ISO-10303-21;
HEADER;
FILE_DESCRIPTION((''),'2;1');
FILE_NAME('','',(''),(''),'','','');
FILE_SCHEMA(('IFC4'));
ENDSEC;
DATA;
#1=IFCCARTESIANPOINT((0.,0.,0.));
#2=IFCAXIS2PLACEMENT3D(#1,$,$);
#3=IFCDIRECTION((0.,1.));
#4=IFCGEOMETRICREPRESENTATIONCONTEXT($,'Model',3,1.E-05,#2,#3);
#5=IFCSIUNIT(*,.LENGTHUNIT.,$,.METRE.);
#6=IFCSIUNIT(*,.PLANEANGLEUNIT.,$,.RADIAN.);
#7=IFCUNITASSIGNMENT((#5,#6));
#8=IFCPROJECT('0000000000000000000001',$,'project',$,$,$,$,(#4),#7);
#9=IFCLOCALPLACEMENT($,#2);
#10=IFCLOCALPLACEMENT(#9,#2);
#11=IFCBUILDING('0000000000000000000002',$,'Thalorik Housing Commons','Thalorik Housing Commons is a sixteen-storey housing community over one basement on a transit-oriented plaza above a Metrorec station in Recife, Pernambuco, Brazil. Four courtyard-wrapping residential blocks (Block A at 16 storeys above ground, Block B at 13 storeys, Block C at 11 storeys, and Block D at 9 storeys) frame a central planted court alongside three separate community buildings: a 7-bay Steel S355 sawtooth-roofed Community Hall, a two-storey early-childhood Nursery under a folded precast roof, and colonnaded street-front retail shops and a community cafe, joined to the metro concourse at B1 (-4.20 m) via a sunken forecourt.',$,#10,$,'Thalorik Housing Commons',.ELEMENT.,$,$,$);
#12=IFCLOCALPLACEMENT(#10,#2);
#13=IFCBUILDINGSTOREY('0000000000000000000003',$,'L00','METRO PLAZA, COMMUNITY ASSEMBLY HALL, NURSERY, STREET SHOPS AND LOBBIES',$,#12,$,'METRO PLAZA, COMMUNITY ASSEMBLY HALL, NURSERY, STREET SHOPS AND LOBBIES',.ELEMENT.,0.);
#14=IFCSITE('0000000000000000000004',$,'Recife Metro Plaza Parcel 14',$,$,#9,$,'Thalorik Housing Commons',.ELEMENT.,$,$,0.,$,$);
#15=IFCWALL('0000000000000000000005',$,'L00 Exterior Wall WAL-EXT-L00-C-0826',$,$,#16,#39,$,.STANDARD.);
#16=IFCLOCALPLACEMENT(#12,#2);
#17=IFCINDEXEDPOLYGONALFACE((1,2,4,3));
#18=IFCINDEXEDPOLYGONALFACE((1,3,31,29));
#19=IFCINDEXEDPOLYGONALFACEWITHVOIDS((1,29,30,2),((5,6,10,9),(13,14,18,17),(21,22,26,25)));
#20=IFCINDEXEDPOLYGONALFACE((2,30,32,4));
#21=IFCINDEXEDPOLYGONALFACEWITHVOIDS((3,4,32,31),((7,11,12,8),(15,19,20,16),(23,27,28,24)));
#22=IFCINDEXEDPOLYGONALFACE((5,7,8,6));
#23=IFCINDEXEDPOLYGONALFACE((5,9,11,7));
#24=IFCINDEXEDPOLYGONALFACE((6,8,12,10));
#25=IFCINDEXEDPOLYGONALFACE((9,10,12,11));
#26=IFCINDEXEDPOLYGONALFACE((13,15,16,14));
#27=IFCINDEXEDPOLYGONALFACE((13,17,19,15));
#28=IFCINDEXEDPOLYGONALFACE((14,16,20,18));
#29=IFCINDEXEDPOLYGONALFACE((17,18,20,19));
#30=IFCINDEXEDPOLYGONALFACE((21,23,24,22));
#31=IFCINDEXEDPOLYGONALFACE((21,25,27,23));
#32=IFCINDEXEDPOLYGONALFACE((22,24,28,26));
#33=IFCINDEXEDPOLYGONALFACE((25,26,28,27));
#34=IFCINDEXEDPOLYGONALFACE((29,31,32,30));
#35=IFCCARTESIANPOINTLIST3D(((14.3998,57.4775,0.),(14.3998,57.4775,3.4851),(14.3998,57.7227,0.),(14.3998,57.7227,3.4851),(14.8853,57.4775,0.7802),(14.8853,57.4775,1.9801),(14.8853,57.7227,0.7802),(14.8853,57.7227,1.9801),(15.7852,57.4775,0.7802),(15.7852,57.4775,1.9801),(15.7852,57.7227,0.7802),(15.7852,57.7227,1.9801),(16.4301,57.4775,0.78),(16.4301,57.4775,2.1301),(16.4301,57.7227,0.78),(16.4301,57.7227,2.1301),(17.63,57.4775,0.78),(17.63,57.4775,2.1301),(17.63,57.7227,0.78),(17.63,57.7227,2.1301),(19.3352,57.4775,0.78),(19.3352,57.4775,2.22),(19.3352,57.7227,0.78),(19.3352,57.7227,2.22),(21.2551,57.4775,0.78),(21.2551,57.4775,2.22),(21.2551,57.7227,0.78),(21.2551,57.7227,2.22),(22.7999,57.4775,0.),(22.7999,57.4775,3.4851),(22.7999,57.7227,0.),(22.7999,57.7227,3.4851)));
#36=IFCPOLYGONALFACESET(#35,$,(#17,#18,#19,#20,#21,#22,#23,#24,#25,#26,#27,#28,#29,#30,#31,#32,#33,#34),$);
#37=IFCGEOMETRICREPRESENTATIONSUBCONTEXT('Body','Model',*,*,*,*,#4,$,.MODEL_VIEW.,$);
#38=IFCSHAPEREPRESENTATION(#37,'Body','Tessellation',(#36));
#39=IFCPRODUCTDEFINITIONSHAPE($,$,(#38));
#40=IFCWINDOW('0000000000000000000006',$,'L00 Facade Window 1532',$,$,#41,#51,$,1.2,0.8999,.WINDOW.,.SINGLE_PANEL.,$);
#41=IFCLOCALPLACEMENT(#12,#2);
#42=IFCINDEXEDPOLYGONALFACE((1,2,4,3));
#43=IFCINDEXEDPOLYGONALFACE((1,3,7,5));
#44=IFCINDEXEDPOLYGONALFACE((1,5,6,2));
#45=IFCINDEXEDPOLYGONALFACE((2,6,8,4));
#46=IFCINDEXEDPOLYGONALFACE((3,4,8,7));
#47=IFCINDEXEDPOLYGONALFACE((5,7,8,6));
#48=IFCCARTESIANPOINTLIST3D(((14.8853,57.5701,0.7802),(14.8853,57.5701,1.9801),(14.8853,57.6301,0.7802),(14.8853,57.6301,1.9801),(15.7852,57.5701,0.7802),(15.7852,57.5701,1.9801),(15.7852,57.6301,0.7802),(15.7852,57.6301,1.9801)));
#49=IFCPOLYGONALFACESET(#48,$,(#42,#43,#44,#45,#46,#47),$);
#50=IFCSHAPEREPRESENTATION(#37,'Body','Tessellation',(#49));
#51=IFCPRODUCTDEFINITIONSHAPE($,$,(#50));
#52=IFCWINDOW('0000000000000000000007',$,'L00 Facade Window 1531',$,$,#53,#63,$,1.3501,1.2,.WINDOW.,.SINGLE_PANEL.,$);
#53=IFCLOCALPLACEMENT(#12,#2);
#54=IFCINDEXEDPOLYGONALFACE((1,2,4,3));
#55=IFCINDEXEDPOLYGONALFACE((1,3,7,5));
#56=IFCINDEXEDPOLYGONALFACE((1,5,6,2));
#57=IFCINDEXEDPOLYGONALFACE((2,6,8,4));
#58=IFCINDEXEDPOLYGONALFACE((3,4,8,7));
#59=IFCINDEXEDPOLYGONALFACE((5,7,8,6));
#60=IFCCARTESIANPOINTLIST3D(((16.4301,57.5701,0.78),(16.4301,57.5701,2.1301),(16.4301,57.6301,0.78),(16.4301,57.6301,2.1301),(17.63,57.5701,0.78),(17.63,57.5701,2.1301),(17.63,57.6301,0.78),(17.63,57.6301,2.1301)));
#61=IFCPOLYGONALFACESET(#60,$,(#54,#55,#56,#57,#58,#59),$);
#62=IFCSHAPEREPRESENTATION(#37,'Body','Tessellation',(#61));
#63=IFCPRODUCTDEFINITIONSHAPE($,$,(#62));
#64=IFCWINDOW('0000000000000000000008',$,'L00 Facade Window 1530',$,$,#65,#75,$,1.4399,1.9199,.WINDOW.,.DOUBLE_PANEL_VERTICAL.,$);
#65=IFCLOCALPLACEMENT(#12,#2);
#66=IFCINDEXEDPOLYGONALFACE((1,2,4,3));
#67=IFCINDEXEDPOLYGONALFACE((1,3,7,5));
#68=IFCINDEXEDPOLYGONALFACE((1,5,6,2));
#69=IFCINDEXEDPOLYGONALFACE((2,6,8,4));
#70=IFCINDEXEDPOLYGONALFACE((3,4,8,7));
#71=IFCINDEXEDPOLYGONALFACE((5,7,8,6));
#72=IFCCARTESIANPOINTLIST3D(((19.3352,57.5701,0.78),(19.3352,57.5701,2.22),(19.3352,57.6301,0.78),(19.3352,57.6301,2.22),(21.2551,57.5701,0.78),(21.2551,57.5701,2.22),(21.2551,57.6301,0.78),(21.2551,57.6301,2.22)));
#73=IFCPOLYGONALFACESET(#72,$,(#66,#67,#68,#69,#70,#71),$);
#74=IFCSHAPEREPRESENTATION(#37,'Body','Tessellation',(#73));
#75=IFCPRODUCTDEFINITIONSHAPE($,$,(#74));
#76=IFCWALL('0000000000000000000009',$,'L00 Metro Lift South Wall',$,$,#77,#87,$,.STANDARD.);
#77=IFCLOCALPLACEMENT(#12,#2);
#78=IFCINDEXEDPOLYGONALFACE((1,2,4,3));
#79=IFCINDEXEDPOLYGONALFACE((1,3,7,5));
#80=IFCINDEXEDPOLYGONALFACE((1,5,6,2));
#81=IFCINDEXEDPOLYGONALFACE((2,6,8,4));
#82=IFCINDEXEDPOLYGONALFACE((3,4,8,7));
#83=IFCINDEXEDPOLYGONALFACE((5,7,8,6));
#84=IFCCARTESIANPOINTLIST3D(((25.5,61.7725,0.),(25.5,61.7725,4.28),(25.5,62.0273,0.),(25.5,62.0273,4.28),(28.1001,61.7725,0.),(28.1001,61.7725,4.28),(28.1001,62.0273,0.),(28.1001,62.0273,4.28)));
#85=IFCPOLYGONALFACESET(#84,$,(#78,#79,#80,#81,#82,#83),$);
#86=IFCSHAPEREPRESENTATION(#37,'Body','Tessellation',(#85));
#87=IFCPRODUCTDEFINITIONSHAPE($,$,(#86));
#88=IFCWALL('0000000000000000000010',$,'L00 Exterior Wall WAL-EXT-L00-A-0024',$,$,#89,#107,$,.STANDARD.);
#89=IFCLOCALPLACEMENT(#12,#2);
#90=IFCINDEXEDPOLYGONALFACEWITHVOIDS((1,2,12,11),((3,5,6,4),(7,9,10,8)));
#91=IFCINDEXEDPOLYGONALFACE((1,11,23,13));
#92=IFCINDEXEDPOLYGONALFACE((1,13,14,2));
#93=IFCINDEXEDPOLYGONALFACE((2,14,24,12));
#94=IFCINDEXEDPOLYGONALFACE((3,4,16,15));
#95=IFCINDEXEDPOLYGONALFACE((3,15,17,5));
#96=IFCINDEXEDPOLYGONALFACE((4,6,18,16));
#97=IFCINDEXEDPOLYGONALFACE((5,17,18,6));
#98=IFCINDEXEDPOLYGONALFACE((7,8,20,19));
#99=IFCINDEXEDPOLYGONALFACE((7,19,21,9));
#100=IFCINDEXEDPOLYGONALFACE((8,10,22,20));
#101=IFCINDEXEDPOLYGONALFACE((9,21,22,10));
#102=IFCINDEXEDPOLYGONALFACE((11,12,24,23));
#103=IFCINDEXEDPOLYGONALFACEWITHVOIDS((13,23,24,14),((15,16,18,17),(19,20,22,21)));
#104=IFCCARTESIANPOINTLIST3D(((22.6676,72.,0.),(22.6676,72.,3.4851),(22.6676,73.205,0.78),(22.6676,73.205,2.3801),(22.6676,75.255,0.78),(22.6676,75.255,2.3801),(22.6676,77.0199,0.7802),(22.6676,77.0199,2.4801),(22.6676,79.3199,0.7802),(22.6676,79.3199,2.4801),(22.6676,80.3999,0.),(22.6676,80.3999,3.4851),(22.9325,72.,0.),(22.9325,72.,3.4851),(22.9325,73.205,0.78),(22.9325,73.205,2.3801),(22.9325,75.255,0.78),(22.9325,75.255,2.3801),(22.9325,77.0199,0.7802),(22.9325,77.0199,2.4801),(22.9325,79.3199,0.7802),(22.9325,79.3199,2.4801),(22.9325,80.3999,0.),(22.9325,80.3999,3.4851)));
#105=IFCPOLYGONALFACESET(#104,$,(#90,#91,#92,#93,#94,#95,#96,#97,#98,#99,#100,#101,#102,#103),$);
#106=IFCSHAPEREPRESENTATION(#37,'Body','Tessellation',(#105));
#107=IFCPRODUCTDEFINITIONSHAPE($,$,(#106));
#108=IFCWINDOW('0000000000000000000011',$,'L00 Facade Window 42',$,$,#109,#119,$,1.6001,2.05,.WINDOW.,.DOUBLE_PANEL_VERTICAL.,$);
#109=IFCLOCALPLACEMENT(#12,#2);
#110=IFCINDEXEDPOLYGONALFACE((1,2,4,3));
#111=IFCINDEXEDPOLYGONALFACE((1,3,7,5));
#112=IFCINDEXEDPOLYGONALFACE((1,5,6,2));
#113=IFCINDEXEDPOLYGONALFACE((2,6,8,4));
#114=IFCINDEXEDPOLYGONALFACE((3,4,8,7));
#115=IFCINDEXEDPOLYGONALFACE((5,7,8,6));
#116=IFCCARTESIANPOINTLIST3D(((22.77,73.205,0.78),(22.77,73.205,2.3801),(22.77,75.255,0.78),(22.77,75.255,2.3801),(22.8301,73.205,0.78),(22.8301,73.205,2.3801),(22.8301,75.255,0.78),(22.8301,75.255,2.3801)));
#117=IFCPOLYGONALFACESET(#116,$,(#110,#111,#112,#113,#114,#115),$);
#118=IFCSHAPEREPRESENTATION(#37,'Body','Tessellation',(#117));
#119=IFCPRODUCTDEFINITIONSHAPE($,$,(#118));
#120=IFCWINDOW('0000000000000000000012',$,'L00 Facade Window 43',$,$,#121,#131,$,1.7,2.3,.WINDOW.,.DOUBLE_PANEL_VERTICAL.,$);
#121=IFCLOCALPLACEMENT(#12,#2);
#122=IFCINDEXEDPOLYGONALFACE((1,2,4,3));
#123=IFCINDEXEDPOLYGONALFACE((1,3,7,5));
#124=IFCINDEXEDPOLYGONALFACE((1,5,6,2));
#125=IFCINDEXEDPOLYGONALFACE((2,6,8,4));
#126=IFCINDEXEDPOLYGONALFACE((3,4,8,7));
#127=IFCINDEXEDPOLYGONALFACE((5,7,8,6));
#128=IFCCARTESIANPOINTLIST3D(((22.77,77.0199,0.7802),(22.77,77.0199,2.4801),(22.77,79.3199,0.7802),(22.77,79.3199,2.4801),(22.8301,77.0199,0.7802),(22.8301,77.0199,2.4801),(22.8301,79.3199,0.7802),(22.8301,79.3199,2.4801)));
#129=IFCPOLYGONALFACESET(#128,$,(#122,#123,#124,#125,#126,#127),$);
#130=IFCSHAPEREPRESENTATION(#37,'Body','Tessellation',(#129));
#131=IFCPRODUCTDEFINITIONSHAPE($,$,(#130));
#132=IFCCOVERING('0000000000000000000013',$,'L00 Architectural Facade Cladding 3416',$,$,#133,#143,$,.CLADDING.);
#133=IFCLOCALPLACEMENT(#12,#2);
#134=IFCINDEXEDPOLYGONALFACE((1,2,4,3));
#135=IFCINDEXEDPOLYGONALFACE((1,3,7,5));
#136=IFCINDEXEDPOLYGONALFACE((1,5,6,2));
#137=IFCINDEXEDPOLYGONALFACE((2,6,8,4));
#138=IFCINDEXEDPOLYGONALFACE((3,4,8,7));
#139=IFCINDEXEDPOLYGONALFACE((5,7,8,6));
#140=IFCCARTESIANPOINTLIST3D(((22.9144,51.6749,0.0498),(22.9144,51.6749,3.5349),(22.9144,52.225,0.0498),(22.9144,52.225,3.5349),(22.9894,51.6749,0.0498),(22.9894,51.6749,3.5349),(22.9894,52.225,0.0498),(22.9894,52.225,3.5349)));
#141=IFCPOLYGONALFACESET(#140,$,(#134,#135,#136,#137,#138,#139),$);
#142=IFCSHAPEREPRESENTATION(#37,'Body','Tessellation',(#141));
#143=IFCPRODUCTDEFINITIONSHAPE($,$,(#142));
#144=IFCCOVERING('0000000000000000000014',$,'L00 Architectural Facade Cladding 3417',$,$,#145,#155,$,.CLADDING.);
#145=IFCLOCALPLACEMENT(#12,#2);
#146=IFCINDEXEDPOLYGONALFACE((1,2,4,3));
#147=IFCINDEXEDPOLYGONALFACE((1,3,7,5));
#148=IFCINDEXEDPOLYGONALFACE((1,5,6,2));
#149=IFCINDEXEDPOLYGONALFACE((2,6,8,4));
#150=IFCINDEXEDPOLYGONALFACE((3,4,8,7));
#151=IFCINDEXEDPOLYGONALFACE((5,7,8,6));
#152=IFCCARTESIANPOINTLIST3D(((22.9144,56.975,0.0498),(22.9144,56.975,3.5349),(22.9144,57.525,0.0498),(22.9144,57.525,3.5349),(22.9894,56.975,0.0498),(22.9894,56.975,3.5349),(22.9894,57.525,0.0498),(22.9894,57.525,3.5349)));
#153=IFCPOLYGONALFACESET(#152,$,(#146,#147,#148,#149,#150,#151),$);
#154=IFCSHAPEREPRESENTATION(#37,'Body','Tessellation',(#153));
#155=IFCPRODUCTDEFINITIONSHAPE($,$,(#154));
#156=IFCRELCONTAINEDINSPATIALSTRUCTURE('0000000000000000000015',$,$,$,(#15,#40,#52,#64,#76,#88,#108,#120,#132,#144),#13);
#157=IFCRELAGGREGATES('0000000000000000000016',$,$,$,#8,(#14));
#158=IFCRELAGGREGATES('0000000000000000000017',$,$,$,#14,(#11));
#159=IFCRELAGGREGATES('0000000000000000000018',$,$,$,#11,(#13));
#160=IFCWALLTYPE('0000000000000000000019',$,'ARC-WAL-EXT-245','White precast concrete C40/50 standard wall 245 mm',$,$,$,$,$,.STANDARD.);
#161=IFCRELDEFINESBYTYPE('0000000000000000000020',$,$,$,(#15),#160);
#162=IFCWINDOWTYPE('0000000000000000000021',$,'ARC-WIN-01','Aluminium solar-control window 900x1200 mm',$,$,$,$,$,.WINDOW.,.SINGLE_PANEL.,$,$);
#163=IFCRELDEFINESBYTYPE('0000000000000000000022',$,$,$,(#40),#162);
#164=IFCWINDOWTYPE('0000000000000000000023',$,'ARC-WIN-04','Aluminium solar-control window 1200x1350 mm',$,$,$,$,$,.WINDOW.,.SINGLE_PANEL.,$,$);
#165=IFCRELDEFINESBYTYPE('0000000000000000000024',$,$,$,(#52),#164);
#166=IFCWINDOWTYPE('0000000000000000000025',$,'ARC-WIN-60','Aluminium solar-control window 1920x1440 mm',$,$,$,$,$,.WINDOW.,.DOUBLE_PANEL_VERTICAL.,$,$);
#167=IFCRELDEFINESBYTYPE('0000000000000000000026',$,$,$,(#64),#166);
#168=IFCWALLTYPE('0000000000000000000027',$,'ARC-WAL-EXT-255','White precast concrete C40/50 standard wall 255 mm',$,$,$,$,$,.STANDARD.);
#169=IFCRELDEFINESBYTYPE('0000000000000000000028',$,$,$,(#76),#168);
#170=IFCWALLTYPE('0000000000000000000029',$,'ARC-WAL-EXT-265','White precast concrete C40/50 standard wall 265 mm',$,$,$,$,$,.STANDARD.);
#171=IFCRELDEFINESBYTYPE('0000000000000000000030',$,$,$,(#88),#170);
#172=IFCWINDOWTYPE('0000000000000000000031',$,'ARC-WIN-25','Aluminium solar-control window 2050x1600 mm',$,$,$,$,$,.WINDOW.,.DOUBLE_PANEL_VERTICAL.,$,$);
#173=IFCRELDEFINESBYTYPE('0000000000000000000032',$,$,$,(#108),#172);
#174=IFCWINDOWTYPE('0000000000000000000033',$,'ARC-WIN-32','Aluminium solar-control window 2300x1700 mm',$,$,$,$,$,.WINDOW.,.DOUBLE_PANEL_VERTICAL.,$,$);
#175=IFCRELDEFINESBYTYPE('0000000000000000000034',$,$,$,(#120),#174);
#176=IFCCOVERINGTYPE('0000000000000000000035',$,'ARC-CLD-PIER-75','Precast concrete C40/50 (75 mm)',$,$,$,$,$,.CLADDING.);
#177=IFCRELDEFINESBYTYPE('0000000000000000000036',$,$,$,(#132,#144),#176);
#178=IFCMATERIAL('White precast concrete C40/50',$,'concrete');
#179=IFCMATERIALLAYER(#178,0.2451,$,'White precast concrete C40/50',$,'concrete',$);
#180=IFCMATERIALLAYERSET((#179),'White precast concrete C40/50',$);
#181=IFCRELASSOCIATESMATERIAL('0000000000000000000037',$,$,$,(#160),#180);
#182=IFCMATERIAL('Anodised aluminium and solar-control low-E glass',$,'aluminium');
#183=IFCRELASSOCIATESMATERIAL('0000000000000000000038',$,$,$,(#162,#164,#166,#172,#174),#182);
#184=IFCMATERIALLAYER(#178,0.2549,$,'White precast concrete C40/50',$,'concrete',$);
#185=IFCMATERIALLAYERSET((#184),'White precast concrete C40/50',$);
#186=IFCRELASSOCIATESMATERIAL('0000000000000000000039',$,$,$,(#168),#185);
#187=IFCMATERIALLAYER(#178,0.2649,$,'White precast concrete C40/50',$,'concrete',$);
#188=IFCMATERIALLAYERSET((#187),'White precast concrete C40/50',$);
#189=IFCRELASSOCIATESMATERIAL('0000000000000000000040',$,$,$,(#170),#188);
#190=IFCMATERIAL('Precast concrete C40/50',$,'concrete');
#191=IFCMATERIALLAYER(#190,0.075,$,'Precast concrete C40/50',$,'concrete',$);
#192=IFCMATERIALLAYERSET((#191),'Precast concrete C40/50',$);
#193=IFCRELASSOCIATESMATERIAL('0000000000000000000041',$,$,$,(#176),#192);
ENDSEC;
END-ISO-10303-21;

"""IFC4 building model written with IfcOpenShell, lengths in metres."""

from ifc_helpers import new_model, si_unit, direction, frame, frame_2d, origin, origin_2d, place, context, subcontext, project, spatial, rectangle, extrude, material, layer, layer_set, type_object, element, fill, save


model = new_model("IFC4")

# Units and contexts
model_context = context("Model", 3, precision=1e-05, world=origin(), true_north=direction((0.0, 1.0)))
body_context = subcontext(model_context, "Body", "Model", "MODEL_VIEW")
ifc_project = project(units=[si_unit("LENGTHUNIT", "METRE"), si_unit("PLANEANGLEUNIT", "RADIAN")], contexts=[model_context])

# Site, building, storey
site_placement = place(None, origin())
site = spatial("IfcSite", under=ifc_project, at=site_placement, Name="Recife Metro Plaza Parcel 14", LongName="Thalorik Housing Commons", CompositionType="ELEMENT", RefElevation=0.0)
building_placement = place(site_placement, origin())
building = spatial("IfcBuilding", under=site, at=building_placement, Name="Thalorik Housing Commons", Description="Thalorik Housing Commons is a sixteen-storey housing community over one basement on a transit-oriented plaza above a Metrorec station in Recife, Pernambuco, Brazil. Four courtyard-wrapping residential blocks (Block A at 16 storeys above ground, Block B at 13 storeys, Block C at 11 storeys, and Block D at 9 storeys) frame a central planted court alongside three separate community buildings: a 7-bay Steel S355 sawtooth-roofed Community Hall, a two-storey early-childhood Nursery under a folded precast roof, and colonnaded street-front retail shops and a community cafe, joined to the metro concourse at B1 (-4.20 m) via a sunken forecourt.", LongName="Thalorik Housing Commons", CompositionType="ELEMENT")
storey_placement = place(building_placement, origin())
storey = spatial("IfcBuildingStorey", under=building, at=storey_placement, Name="L00", Description="METRO PLAZA, COMMUNITY ASSEMBLY HALL, NURSERY, STREET SHOPS AND LOBBIES", LongName="METRO PLAZA, COMMUNITY ASSEMBLY HALL, NURSERY, STREET SHOPS AND LOBBIES", CompositionType="ELEMENT", Elevation=0.0)

# Shared definitions
ifc_material_1 = material(Name="Precast concrete C40/50", Category="concrete")

# Wall, openings, windows
ifc_material_2 = material(Name="White precast concrete C40/50", Category="concrete")
ifc_layer_1 = layer(ifc_material_2, 0.2451, Name="White precast concrete C40/50", Category="concrete")
ifc_layer_set_1 = layer_set([ifc_layer_1], Name="White precast concrete C40/50")
wall_type_1 = type_object("IfcWallType", Name="ARC-WAL-EXT-245", Description="White precast concrete C40/50 standard wall 245 mm", PredefinedType="STANDARD", material=ifc_layer_set_1)
ifc_material_3 = material(Name="Anodised aluminium and solar-control low-E glass", Category="aluminium")
wall_1_placement = place(storey_placement, frame((22.8, 57.6001, 0.0), z_axis=(0.0, 0.0, 1.0), x_axis=(-1.0, 0.0, 0.0)))
wall_1 = element("IfcWall", 1, at=wall_1_placement, inside=storey, type_object=wall_type_1, Name="L00 Exterior Wall WAL-EXT-L00-C-0826", PredefinedType="STANDARD", context=body_context, shape_type="SweptSolid", body=[
    extrude(rectangle(XDim=8.4001, YDim=0.2451, at=frame_2d((4.2002, 0.0))), origin(), (0.0, 0.0, 1.0), 3.4851),
])
opening_1_placement = place(wall_1_placement, frame((1.5449, 0.0, 0.78)))
opening_1 = element("IfcOpeningElement", 2, at=opening_1_placement, cuts=wall_1, PredefinedType="OPENING", context=body_context, shape_type="SweptSolid", body=[
    extrude(rectangle(XDim=1.9199, YDim=1.4399, at=frame_2d((0.96, 0.72))), frame((0.0, 0.1326, 0.0), z_axis=(0.0, -1.0, 0.0), x_axis=(1.0, 0.0, 0.0)), (0.0, 0.0, 1.0), 0.2651),
])
opening_2_placement = place(wall_1_placement, frame((5.1699, 0.0, 0.78)))
opening_2 = element("IfcOpeningElement", 3, at=opening_2_placement, cuts=wall_1, PredefinedType="OPENING", context=body_context, shape_type="SweptSolid", body=[
    extrude(rectangle(XDim=1.2, YDim=1.3501, at=frame_2d((0.6001, 0.675))), frame((0.0, 0.1326, 0.0), z_axis=(0.0, -1.0, 0.0), x_axis=(1.0, 0.0, 0.0)), (0.0, 0.0, 1.0), 0.2651),
])
opening_3_placement = place(wall_1_placement, frame((7.0149, 0.0, 0.78)))
opening_3 = element("IfcOpeningElement", 4, at=opening_3_placement, cuts=wall_1, PredefinedType="OPENING", context=body_context, shape_type="SweptSolid", body=[
    extrude(rectangle(XDim=0.8999, YDim=1.2, at=frame_2d((0.45, 0.6001))), frame((0.0, 0.1326, 0.0), z_axis=(0.0, -1.0, 0.0), x_axis=(1.0, 0.0, 0.0)), (0.0, 0.0, 1.0), 0.2651),
])
window_type_1 = type_object("IfcWindowType", Name="ARC-WIN-01", Description="Aluminium solar-control window 900x1200 mm", PartitioningType="SINGLE_PANEL", PredefinedType="WINDOW", material=ifc_material_3)
window_1_placement = place(opening_3_placement, origin())
window_1 = element("IfcWindow", 5, at=window_1_placement, inside=storey, type_object=window_type_1, Name="L00 Facade Window 1532", OverallHeight=1.2, OverallWidth=0.8999, PartitioningType="SINGLE_PANEL", PredefinedType="WINDOW", context=body_context, shape_type="SweptSolid", body=[
    extrude(rectangle(XDim=0.8999, YDim=1.2, at=frame_2d((0.45, 0.6001))), frame((0.0, 0.03, 0.0), z_axis=(0.0, -1.0, 0.0), x_axis=(1.0, 0.0, 0.0)), (0.0, 0.0, 1.0), 0.0601),
])
fill(opening_3, window_1)
window_type_2 = type_object("IfcWindowType", Name="ARC-WIN-04", Description="Aluminium solar-control window 1200x1350 mm", PartitioningType="SINGLE_PANEL", PredefinedType="WINDOW", material=ifc_material_3)
window_2_placement = place(opening_2_placement, origin())
window_2 = element("IfcWindow", 6, at=window_2_placement, inside=storey, type_object=window_type_2, Name="L00 Facade Window 1531", OverallHeight=1.3501, OverallWidth=1.2, PartitioningType="SINGLE_PANEL", PredefinedType="WINDOW", context=body_context, shape_type="SweptSolid", body=[
    extrude(rectangle(XDim=1.2, YDim=1.3501, at=frame_2d((0.6001, 0.675))), frame((0.0, 0.03, 0.0), z_axis=(0.0, -1.0, 0.0), x_axis=(1.0, 0.0, 0.0)), (0.0, 0.0, 1.0), 0.0601),
])
fill(opening_2, window_2)
window_type_3 = type_object("IfcWindowType", Name="ARC-WIN-60", Description="Aluminium solar-control window 1920x1440 mm", PartitioningType="DOUBLE_PANEL_VERTICAL", PredefinedType="WINDOW", material=ifc_material_3)
window_3_placement = place(opening_1_placement, origin())
window_3 = element("IfcWindow", 7, at=window_3_placement, inside=storey, type_object=window_type_3, Name="L00 Facade Window 1530", OverallHeight=1.4399, OverallWidth=1.9199, PartitioningType="DOUBLE_PANEL_VERTICAL", PredefinedType="WINDOW", context=body_context, shape_type="SweptSolid", body=[
    extrude(rectangle(XDim=1.9199, YDim=1.4399, at=frame_2d((0.96, 0.72))), frame((0.0, 0.03, 0.0), z_axis=(0.0, -1.0, 0.0), x_axis=(1.0, 0.0, 0.0)), (0.0, 0.0, 1.0), 0.0601),
])
fill(opening_1, window_3)

# Shared definitions
ifc_layer_2 = layer(ifc_material_2, 0.2549, Name="White precast concrete C40/50", Category="concrete")
ifc_layer_set_2 = layer_set([ifc_layer_2], Name="White precast concrete C40/50")
wall_type_2 = type_object("IfcWallType", Name="ARC-WAL-EXT-255", Description="White precast concrete C40/50 standard wall 255 mm", PredefinedType="STANDARD", material=ifc_layer_set_2)

# Wall
wall_2_placement = place(storey_placement, frame((25.5, 61.8999, 0.0), z_axis=(0.0, 0.0, 1.0), x_axis=(1.0, 0.0, 0.0)))
element("IfcWall", 8, at=wall_2_placement, inside=storey, type_object=wall_type_2, Name="L00 Metro Lift South Wall", PredefinedType="STANDARD", context=body_context, shape_type="SweptSolid", body=[
    extrude(rectangle(XDim=2.6001, YDim=0.2549, at=frame_2d((1.3, 0.0))), origin(), (0.0, 0.0, 1.0), 4.28),
])

# Wall, openings, windows
ifc_layer_3 = layer(ifc_material_2, 0.2649, Name="White precast concrete C40/50", Category="concrete")
ifc_layer_set_3 = layer_set([ifc_layer_3], Name="White precast concrete C40/50")
wall_type_3 = type_object("IfcWallType", Name="ARC-WAL-EXT-265", Description="White precast concrete C40/50 standard wall 265 mm", PredefinedType="STANDARD", material=ifc_layer_set_3)
wall_3_placement = place(storey_placement, frame((22.8, 72.0, 0.0), z_axis=(0.0, 0.0, 1.0), x_axis=(0.0, 1.0, 0.0)))
wall_3 = element("IfcWall", 9, at=wall_3_placement, inside=storey, type_object=wall_type_3, Name="L00 Exterior Wall WAL-EXT-L00-A-0024", PredefinedType="STANDARD", context=body_context, shape_type="SweptSolid", body=[
    extrude(rectangle(XDim=8.3999, YDim=0.2649, at=frame_2d((4.2, 0.0))), origin(), (0.0, 0.0, 1.0), 3.4851),
])
opening_4_placement = place(wall_3_placement, frame((1.2051, 0.0, 0.78)))
opening_4 = element("IfcOpeningElement", 10, at=opening_4_placement, cuts=wall_3, PredefinedType="OPENING", context=body_context, shape_type="SweptSolid", body=[
    extrude(rectangle(XDim=2.05, YDim=1.6001, at=frame_2d((1.0249, 0.8))), frame((0.0, 0.1426, 0.0), z_axis=(0.0, -1.0, 0.0), x_axis=(1.0, 0.0, 0.0)), (0.0, 0.0, 1.0), 0.2849),
])
opening_5_placement = place(wall_3_placement, frame((5.02, 0.0, 0.78)))
opening_5 = element("IfcOpeningElement", 11, at=opening_5_placement, cuts=wall_3, PredefinedType="OPENING", context=body_context, shape_type="SweptSolid", body=[
    extrude(rectangle(XDim=2.3, YDim=1.7, at=frame_2d((1.1499, 0.8501))), frame((0.0, 0.1426, 0.0), z_axis=(0.0, -1.0, 0.0), x_axis=(1.0, 0.0, 0.0)), (0.0, 0.0, 1.0), 0.2849),
])
window_type_4 = type_object("IfcWindowType", Name="ARC-WIN-25", Description="Aluminium solar-control window 2050x1600 mm", PartitioningType="DOUBLE_PANEL_VERTICAL", PredefinedType="WINDOW", material=ifc_material_3)
window_4_placement = place(opening_4_placement, origin())
window_4 = element("IfcWindow", 12, at=window_4_placement, inside=storey, type_object=window_type_4, Name="L00 Facade Window 42", OverallHeight=1.6001, OverallWidth=2.05, PartitioningType="DOUBLE_PANEL_VERTICAL", PredefinedType="WINDOW", context=body_context, shape_type="SweptSolid", body=[
    extrude(rectangle(XDim=2.05, YDim=1.6001, at=frame_2d((1.0249, 0.8))), frame((0.0, 0.03, 0.0), z_axis=(0.0, -1.0, 0.0), x_axis=(1.0, 0.0, 0.0)), (0.0, 0.0, 1.0), 0.0601),
])
fill(opening_4, window_4)
window_type_5 = type_object("IfcWindowType", Name="ARC-WIN-32", Description="Aluminium solar-control window 2300x1700 mm", PartitioningType="DOUBLE_PANEL_VERTICAL", PredefinedType="WINDOW", material=ifc_material_3)
window_5_placement = place(opening_5_placement, origin())
window_5 = element("IfcWindow", 13, at=window_5_placement, inside=storey, type_object=window_type_5, Name="L00 Facade Window 43", OverallHeight=1.7, OverallWidth=2.3, PartitioningType="DOUBLE_PANEL_VERTICAL", PredefinedType="WINDOW", context=body_context, shape_type="SweptSolid", body=[
    extrude(rectangle(XDim=2.3, YDim=1.7, at=frame_2d((1.1499, 0.8501))), frame((0.0, 0.03, 0.0), z_axis=(0.0, -1.0, 0.0), x_axis=(1.0, 0.0, 0.0)), (0.0, 0.0, 1.0), 0.0601),
])
fill(opening_5, window_5)

# Coverings
ifc_layer_4 = layer(ifc_material_1, 0.075, Name="Precast concrete C40/50", Category="concrete")
ifc_layer_set_4 = layer_set([ifc_layer_4], Name="Precast concrete C40/50")
covering_type_1 = type_object("IfcCoveringType", Name="ARC-CLD-PIER-75", Description="Precast concrete C40/50 (75 mm)", PredefinedType="CLADDING", material=ifc_layer_set_4)
for number, where, z_axis, x_axis, name in (
    (14, (22.9519, 51.95, 0.0498), (0.0, 0.0, 1.0), (0.0, 1.0, 0.0), "L00 Architectural Facade Cladding 3416"),
    (15, (22.9519, 57.25, 0.0498), (0.0, 0.0, 1.0), (0.0, 1.0, 0.0), "L00 Architectural Facade Cladding 3417"),
):
    element("IfcCovering", number, at=place(storey_placement, frame(where, z_axis=z_axis, x_axis=x_axis)), inside=storey, type_object=covering_type_1, Name=name, PredefinedType="CLADDING", context=body_context, shape_type="SweptSolid", body=[
        extrude(rectangle(XDim=0.55, YDim=0.075, at=origin_2d()), origin(), (0.0, 0.0, 1.0), 3.4851),
    ])

save(model, "model.ifc")
